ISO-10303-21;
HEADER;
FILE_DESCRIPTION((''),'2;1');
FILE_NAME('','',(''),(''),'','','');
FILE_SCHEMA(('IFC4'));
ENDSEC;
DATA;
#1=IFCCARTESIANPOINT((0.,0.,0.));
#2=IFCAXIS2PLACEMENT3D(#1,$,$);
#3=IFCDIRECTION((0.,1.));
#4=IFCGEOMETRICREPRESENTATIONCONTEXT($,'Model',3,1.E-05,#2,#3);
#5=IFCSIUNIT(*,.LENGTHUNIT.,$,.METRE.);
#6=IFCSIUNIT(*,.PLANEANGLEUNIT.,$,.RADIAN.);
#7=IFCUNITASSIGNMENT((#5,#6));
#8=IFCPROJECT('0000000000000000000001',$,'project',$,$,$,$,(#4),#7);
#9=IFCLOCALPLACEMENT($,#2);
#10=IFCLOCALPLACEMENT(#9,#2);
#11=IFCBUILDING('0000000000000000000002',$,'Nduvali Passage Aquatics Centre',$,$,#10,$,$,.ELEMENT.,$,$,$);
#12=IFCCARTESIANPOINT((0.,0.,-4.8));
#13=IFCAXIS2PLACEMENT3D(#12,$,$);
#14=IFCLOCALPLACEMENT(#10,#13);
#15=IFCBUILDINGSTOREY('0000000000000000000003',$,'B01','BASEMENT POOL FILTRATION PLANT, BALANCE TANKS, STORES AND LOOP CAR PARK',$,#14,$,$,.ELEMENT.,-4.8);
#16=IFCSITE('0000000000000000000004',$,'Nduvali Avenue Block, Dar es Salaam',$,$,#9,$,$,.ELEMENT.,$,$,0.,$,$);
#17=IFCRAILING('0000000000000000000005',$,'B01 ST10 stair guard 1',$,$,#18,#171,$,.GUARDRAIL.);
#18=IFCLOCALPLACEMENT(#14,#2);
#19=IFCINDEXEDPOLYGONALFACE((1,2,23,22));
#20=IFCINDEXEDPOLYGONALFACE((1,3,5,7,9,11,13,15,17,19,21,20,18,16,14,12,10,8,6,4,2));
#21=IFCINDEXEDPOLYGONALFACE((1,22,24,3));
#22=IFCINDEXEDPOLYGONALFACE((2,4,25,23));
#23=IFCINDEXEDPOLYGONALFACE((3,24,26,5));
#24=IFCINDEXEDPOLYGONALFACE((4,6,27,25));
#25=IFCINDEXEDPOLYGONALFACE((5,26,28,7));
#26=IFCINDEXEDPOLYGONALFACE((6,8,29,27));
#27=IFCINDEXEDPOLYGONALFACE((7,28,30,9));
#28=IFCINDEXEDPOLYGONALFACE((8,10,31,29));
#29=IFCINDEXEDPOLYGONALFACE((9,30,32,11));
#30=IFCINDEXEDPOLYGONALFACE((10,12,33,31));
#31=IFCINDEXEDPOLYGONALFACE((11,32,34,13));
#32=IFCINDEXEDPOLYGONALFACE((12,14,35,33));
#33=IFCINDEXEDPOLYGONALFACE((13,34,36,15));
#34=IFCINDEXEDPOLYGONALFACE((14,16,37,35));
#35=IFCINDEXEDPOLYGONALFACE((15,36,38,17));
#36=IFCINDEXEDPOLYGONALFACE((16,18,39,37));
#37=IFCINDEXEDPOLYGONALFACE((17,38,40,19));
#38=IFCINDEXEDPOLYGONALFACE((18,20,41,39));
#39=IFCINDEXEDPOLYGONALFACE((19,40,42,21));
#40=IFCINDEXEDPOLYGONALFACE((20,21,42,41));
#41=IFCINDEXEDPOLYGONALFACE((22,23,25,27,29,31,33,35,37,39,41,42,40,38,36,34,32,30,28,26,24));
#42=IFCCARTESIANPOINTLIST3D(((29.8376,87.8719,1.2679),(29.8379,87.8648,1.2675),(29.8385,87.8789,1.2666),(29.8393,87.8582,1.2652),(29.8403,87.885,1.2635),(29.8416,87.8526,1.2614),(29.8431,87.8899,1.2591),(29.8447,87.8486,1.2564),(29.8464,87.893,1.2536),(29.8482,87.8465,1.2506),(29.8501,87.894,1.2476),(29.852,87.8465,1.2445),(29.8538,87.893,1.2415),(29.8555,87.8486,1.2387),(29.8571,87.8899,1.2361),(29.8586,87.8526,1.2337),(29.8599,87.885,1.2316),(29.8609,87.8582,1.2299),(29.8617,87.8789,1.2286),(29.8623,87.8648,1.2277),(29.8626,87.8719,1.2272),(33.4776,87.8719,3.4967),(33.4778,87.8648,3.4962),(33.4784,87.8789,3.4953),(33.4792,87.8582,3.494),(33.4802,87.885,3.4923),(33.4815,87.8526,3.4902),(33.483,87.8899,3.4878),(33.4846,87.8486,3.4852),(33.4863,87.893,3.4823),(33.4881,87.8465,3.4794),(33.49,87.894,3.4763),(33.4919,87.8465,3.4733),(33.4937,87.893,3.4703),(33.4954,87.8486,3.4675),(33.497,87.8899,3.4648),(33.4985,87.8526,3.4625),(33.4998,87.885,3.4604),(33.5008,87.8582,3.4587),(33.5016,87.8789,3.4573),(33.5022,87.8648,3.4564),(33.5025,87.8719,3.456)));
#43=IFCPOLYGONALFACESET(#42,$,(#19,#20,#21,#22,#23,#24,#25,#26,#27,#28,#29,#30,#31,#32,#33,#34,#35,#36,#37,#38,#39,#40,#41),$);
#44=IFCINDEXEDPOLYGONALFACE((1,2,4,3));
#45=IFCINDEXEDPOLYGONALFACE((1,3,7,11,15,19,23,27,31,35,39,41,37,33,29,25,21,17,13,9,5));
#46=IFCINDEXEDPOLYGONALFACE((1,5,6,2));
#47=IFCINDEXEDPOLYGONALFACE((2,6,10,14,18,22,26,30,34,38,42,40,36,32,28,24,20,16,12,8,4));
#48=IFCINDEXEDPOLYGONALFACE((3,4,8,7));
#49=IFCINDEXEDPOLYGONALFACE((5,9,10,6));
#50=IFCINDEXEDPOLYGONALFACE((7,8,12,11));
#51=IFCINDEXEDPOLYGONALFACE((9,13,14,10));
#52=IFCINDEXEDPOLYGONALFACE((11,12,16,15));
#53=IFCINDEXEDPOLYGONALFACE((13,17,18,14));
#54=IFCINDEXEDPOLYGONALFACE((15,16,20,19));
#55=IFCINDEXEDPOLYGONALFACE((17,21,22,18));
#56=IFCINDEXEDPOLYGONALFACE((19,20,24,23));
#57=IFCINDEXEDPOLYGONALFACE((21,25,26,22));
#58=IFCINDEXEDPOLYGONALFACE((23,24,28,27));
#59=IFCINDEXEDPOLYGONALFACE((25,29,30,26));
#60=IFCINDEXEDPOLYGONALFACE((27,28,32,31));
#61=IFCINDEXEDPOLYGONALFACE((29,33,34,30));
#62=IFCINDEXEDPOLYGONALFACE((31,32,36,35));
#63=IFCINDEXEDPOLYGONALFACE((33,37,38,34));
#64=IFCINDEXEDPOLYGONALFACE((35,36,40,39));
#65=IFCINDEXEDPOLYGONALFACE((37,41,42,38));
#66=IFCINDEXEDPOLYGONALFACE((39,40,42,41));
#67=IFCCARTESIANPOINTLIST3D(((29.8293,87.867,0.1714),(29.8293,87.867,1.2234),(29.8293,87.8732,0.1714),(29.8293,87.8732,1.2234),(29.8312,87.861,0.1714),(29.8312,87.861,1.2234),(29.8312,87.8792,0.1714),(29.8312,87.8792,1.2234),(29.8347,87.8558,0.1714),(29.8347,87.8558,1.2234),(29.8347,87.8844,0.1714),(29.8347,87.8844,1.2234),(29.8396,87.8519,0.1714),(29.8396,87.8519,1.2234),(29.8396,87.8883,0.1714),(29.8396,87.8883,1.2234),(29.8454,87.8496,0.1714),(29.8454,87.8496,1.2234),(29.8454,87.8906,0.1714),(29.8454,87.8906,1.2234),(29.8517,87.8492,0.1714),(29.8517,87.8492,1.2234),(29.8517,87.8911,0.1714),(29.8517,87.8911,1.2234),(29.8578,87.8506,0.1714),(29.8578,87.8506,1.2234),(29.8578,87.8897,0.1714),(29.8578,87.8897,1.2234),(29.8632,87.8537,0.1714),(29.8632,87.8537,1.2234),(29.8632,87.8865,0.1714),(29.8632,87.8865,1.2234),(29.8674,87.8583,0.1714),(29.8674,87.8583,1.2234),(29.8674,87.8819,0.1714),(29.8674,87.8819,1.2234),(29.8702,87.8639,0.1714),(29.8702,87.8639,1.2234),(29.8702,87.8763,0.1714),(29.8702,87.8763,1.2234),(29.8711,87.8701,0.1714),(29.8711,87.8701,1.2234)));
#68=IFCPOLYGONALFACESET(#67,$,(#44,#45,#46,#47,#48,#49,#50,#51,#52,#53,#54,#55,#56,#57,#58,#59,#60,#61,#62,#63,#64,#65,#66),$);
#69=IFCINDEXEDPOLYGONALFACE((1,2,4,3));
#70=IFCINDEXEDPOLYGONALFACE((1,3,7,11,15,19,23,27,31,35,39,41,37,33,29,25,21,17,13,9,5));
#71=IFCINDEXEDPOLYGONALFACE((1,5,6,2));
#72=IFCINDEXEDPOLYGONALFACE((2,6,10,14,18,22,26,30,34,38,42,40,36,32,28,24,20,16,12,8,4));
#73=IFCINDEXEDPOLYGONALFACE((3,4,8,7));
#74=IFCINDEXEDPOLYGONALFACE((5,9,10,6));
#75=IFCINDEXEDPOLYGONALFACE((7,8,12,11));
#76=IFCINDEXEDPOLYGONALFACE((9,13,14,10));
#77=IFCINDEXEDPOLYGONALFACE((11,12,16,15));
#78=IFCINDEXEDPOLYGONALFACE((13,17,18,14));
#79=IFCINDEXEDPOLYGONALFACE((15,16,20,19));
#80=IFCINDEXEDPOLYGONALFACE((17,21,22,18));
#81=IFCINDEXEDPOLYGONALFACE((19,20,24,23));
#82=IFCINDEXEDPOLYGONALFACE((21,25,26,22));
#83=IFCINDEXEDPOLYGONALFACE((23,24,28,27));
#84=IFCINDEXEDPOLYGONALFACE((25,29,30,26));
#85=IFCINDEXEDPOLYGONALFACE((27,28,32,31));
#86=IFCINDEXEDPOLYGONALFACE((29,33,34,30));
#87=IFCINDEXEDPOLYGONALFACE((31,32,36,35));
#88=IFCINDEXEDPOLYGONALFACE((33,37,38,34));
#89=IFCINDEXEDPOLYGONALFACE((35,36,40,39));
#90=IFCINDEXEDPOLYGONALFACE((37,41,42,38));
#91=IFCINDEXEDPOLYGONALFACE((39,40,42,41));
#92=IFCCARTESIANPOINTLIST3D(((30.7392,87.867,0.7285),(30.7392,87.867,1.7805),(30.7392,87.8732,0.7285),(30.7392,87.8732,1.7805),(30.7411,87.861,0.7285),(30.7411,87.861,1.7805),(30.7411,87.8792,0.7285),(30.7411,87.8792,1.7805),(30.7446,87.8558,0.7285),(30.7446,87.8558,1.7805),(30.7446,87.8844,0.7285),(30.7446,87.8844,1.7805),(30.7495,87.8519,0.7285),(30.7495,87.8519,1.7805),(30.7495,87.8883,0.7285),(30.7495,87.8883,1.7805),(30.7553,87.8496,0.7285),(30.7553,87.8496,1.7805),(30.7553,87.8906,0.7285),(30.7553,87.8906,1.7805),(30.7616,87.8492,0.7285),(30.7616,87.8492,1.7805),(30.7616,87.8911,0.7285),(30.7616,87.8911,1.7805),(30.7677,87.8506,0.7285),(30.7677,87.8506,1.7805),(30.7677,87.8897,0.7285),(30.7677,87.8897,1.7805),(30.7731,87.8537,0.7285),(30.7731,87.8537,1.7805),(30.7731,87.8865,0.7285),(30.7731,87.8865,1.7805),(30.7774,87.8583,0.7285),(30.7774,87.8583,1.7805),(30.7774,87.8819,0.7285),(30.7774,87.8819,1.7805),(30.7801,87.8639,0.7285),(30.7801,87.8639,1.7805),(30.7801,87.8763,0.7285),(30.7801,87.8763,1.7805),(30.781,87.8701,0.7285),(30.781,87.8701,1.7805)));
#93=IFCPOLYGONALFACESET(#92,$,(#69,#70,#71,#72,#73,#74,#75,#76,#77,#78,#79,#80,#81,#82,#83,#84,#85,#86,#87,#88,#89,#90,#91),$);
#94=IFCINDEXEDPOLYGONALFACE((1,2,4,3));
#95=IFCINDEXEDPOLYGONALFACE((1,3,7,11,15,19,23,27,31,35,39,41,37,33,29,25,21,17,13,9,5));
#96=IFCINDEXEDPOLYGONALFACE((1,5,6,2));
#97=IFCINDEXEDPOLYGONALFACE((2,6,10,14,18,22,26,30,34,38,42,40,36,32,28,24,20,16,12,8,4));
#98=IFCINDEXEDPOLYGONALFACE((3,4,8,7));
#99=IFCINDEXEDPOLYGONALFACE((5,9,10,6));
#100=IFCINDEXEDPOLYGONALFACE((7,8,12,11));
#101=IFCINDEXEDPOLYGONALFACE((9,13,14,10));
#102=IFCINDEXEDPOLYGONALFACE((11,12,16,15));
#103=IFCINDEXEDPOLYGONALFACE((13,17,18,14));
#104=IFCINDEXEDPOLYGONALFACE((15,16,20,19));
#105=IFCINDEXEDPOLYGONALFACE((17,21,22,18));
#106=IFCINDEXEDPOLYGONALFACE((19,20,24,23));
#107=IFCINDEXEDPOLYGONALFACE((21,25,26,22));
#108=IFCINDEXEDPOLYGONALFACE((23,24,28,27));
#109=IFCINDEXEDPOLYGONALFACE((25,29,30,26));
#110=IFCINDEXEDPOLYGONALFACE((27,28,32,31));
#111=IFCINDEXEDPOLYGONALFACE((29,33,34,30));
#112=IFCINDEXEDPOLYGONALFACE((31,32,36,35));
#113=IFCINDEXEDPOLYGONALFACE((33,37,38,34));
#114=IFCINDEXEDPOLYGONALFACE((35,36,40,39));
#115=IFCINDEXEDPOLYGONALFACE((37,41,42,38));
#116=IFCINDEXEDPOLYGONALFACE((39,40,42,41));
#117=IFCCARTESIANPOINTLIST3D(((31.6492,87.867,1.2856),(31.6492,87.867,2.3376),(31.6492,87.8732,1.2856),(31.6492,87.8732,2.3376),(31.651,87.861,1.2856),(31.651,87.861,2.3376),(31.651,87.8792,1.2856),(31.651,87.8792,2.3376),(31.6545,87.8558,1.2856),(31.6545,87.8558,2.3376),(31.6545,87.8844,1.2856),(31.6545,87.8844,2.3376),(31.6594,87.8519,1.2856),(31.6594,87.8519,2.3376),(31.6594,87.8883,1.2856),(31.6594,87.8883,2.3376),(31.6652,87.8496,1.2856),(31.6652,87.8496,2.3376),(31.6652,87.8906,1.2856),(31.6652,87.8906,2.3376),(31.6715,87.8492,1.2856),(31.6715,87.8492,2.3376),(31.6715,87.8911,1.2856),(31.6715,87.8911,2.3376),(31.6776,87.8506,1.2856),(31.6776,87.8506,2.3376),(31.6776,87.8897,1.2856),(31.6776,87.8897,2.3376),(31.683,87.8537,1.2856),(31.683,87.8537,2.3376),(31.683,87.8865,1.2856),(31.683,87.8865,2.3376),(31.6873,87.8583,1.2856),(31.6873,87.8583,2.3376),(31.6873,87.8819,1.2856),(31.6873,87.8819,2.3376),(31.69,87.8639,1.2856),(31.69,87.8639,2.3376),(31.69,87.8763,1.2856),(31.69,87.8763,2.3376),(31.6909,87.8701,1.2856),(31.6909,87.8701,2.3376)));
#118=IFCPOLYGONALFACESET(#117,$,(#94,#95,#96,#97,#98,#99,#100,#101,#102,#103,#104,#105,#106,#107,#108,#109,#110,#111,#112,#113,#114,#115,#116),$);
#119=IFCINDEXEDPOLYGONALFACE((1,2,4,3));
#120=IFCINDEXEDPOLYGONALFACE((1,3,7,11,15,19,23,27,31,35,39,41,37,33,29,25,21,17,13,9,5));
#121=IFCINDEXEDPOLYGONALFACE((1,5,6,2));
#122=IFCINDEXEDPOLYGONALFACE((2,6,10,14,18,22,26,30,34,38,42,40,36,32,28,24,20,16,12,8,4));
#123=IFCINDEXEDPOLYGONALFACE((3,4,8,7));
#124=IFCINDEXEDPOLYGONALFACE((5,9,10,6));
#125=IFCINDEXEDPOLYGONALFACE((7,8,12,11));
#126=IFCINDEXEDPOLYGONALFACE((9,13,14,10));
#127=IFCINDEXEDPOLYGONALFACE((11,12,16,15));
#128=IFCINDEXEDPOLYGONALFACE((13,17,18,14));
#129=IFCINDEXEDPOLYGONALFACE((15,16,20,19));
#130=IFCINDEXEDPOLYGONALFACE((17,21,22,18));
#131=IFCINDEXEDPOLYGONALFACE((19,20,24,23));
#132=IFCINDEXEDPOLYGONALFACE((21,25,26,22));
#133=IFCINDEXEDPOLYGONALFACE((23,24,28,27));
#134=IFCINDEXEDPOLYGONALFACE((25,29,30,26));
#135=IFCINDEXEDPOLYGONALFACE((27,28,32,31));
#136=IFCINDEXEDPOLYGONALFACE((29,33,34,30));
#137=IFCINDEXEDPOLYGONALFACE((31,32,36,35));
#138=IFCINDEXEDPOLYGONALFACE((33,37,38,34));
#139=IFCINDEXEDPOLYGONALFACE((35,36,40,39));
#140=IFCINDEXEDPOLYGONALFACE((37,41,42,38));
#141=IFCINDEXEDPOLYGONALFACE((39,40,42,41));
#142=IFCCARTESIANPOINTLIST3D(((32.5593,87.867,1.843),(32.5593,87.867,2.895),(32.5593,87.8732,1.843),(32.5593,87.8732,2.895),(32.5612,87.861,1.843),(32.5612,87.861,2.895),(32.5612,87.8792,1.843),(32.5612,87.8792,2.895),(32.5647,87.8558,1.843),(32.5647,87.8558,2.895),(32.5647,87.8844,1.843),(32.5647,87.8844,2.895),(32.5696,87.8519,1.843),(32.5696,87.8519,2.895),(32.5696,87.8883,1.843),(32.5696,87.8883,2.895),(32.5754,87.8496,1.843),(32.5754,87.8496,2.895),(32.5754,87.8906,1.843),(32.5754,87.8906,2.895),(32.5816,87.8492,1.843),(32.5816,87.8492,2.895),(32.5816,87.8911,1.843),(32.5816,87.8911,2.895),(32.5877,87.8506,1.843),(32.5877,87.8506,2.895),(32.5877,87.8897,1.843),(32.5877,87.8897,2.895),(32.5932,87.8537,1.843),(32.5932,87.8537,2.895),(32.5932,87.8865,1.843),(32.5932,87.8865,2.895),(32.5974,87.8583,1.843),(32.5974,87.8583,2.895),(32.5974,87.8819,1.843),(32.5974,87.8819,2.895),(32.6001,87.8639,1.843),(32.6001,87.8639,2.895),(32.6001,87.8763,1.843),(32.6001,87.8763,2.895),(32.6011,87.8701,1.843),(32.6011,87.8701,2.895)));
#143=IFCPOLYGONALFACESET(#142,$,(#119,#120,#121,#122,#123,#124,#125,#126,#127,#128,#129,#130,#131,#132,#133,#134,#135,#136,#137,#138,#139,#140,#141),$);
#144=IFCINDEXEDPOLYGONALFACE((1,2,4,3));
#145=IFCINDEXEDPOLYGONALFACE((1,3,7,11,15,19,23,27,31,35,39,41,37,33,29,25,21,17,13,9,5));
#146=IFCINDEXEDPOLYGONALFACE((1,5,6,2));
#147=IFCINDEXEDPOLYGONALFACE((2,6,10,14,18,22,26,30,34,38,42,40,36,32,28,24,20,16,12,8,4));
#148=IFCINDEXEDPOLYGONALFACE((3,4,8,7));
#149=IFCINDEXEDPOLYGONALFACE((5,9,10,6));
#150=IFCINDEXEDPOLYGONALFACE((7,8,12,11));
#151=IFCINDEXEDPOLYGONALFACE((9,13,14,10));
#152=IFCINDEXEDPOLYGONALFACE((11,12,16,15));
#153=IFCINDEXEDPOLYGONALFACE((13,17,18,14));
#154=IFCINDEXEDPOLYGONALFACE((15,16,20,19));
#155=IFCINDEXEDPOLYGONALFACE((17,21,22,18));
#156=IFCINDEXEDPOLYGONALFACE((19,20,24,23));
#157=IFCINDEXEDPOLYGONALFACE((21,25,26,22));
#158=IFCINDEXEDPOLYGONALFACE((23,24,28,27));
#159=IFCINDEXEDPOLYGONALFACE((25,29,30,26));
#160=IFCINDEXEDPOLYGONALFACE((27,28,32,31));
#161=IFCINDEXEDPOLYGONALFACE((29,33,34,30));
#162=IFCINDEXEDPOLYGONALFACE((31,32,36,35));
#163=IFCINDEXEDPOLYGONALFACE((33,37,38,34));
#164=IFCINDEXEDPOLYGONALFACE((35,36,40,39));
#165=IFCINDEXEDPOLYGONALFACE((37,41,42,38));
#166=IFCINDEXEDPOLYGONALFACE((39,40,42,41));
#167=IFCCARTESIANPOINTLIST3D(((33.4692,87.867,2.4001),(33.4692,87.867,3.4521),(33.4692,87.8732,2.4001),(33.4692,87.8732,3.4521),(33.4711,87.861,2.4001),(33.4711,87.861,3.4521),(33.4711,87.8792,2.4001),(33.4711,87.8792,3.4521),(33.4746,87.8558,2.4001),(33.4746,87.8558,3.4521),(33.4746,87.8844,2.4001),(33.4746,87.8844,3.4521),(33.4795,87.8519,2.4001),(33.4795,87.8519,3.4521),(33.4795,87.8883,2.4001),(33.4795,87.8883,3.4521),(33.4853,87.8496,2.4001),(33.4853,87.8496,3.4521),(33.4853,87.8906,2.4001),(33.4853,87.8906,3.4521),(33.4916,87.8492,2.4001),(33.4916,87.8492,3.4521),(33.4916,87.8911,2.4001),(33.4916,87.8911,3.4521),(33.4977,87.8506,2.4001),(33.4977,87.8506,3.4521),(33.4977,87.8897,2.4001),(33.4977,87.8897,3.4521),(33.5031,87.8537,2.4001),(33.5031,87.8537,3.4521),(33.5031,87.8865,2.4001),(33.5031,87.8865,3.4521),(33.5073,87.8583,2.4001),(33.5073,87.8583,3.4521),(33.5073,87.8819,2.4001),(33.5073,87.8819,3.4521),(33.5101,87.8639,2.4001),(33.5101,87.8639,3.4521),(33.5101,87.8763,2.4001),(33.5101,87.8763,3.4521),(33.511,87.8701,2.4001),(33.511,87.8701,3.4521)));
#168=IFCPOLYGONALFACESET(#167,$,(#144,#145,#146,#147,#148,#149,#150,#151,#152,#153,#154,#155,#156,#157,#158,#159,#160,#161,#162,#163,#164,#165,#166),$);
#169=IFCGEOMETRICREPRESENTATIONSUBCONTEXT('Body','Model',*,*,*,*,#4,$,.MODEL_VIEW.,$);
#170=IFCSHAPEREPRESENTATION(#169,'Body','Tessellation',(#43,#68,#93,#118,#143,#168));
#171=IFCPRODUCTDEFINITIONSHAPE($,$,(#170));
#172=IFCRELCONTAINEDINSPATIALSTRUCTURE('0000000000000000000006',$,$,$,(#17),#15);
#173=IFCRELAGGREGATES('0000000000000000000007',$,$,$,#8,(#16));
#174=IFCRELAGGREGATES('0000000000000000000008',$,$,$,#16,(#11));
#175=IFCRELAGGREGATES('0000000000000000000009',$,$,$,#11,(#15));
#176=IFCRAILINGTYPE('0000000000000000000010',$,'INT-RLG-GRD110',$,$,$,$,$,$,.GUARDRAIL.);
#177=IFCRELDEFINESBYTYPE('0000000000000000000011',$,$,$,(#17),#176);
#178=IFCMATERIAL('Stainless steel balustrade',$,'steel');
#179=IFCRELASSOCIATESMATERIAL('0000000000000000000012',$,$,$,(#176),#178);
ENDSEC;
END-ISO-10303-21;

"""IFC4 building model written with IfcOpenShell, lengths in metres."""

from ifc_helpers import new_model, si_unit, direction, frame, origin, origin_2d, place, context, subcontext, project, spatial, circle, extrude, material, type_object, element, save


model = new_model("IFC4")

# Units and contexts
model_context = context("Model", 3, precision=1e-05, world=origin(), true_north=direction((0.0, 1.0)))
body_context = subcontext(model_context, "Body", "Model", "MODEL_VIEW")
ifc_project = project(units=[si_unit("LENGTHUNIT", "METRE"), si_unit("PLANEANGLEUNIT", "RADIAN")], contexts=[model_context])

# Site, building, storey
site_placement = place(None, origin())
site = spatial("IfcSite", under=ifc_project, at=site_placement, Name="Nduvali Avenue Block, Dar es Salaam", CompositionType="ELEMENT", RefElevation=0.0)
building_placement = place(site_placement, origin())
building = spatial("IfcBuilding", under=site, at=building_placement, Name="Nduvali Passage Aquatics Centre", CompositionType="ELEMENT")
storey_placement = place(building_placement, frame((0.0, 0.0, -4.8)))
storey = spatial("IfcBuildingStorey", under=building, at=storey_placement, Name="B01", Description="BASEMENT POOL FILTRATION PLANT, BALANCE TANKS, STORES AND LOOP CAR PARK", CompositionType="ELEMENT", Elevation=-4.8)

# Railing
ifc_material_1 = material(Name="Stainless steel balustrade", Category="steel")
railing_type_1 = type_object("IfcRailingType", Name="INT-RLG-GRD110", PredefinedType="GUARDRAIL", material=ifc_material_1)
railing_1_placement = place(storey_placement, frame((29.8501, 87.8701, 0.1714)))
element("IfcRailing", 1, at=railing_1_placement, inside=storey, type_object=railing_type_1, Name="B01 ST10 stair guard 1", PredefinedType="GUARDRAIL", context=body_context, shape_type="SweptSolid", body=[
    extrude(circle(Radius=0.0239, at=origin_2d()), frame((0.0, 0.0, 1.0762), z_axis=(0.852825, 0.0, 0.522197), x_axis=(0.0, 1.0, 0.0)), (0.0, 0.0, 1.0), 4.2681),
    extrude(circle(Radius=0.021, at=origin_2d()), origin(), (0.0, 0.0, 1.0), 1.052),
    extrude(circle(Radius=0.021, at=origin_2d()), frame((0.9099, 0.0, 0.5571)), (0.0, 0.0, 1.0), 1.052),
    extrude(circle(Radius=0.021, at=origin_2d()), frame((1.8198, 0.0, 1.1143)), (0.0, 0.0, 1.0), 1.052),
    extrude(circle(Radius=0.021, at=origin_2d()), frame((2.73, 0.0, 1.6716)), (0.0, 0.0, 1.0), 1.052),
    extrude(circle(Radius=0.021, at=origin_2d()), frame((3.6399, 0.0, 2.2288)), (0.0, 0.0, 1.0), 1.052),
])

save(model, "model.ifc")
